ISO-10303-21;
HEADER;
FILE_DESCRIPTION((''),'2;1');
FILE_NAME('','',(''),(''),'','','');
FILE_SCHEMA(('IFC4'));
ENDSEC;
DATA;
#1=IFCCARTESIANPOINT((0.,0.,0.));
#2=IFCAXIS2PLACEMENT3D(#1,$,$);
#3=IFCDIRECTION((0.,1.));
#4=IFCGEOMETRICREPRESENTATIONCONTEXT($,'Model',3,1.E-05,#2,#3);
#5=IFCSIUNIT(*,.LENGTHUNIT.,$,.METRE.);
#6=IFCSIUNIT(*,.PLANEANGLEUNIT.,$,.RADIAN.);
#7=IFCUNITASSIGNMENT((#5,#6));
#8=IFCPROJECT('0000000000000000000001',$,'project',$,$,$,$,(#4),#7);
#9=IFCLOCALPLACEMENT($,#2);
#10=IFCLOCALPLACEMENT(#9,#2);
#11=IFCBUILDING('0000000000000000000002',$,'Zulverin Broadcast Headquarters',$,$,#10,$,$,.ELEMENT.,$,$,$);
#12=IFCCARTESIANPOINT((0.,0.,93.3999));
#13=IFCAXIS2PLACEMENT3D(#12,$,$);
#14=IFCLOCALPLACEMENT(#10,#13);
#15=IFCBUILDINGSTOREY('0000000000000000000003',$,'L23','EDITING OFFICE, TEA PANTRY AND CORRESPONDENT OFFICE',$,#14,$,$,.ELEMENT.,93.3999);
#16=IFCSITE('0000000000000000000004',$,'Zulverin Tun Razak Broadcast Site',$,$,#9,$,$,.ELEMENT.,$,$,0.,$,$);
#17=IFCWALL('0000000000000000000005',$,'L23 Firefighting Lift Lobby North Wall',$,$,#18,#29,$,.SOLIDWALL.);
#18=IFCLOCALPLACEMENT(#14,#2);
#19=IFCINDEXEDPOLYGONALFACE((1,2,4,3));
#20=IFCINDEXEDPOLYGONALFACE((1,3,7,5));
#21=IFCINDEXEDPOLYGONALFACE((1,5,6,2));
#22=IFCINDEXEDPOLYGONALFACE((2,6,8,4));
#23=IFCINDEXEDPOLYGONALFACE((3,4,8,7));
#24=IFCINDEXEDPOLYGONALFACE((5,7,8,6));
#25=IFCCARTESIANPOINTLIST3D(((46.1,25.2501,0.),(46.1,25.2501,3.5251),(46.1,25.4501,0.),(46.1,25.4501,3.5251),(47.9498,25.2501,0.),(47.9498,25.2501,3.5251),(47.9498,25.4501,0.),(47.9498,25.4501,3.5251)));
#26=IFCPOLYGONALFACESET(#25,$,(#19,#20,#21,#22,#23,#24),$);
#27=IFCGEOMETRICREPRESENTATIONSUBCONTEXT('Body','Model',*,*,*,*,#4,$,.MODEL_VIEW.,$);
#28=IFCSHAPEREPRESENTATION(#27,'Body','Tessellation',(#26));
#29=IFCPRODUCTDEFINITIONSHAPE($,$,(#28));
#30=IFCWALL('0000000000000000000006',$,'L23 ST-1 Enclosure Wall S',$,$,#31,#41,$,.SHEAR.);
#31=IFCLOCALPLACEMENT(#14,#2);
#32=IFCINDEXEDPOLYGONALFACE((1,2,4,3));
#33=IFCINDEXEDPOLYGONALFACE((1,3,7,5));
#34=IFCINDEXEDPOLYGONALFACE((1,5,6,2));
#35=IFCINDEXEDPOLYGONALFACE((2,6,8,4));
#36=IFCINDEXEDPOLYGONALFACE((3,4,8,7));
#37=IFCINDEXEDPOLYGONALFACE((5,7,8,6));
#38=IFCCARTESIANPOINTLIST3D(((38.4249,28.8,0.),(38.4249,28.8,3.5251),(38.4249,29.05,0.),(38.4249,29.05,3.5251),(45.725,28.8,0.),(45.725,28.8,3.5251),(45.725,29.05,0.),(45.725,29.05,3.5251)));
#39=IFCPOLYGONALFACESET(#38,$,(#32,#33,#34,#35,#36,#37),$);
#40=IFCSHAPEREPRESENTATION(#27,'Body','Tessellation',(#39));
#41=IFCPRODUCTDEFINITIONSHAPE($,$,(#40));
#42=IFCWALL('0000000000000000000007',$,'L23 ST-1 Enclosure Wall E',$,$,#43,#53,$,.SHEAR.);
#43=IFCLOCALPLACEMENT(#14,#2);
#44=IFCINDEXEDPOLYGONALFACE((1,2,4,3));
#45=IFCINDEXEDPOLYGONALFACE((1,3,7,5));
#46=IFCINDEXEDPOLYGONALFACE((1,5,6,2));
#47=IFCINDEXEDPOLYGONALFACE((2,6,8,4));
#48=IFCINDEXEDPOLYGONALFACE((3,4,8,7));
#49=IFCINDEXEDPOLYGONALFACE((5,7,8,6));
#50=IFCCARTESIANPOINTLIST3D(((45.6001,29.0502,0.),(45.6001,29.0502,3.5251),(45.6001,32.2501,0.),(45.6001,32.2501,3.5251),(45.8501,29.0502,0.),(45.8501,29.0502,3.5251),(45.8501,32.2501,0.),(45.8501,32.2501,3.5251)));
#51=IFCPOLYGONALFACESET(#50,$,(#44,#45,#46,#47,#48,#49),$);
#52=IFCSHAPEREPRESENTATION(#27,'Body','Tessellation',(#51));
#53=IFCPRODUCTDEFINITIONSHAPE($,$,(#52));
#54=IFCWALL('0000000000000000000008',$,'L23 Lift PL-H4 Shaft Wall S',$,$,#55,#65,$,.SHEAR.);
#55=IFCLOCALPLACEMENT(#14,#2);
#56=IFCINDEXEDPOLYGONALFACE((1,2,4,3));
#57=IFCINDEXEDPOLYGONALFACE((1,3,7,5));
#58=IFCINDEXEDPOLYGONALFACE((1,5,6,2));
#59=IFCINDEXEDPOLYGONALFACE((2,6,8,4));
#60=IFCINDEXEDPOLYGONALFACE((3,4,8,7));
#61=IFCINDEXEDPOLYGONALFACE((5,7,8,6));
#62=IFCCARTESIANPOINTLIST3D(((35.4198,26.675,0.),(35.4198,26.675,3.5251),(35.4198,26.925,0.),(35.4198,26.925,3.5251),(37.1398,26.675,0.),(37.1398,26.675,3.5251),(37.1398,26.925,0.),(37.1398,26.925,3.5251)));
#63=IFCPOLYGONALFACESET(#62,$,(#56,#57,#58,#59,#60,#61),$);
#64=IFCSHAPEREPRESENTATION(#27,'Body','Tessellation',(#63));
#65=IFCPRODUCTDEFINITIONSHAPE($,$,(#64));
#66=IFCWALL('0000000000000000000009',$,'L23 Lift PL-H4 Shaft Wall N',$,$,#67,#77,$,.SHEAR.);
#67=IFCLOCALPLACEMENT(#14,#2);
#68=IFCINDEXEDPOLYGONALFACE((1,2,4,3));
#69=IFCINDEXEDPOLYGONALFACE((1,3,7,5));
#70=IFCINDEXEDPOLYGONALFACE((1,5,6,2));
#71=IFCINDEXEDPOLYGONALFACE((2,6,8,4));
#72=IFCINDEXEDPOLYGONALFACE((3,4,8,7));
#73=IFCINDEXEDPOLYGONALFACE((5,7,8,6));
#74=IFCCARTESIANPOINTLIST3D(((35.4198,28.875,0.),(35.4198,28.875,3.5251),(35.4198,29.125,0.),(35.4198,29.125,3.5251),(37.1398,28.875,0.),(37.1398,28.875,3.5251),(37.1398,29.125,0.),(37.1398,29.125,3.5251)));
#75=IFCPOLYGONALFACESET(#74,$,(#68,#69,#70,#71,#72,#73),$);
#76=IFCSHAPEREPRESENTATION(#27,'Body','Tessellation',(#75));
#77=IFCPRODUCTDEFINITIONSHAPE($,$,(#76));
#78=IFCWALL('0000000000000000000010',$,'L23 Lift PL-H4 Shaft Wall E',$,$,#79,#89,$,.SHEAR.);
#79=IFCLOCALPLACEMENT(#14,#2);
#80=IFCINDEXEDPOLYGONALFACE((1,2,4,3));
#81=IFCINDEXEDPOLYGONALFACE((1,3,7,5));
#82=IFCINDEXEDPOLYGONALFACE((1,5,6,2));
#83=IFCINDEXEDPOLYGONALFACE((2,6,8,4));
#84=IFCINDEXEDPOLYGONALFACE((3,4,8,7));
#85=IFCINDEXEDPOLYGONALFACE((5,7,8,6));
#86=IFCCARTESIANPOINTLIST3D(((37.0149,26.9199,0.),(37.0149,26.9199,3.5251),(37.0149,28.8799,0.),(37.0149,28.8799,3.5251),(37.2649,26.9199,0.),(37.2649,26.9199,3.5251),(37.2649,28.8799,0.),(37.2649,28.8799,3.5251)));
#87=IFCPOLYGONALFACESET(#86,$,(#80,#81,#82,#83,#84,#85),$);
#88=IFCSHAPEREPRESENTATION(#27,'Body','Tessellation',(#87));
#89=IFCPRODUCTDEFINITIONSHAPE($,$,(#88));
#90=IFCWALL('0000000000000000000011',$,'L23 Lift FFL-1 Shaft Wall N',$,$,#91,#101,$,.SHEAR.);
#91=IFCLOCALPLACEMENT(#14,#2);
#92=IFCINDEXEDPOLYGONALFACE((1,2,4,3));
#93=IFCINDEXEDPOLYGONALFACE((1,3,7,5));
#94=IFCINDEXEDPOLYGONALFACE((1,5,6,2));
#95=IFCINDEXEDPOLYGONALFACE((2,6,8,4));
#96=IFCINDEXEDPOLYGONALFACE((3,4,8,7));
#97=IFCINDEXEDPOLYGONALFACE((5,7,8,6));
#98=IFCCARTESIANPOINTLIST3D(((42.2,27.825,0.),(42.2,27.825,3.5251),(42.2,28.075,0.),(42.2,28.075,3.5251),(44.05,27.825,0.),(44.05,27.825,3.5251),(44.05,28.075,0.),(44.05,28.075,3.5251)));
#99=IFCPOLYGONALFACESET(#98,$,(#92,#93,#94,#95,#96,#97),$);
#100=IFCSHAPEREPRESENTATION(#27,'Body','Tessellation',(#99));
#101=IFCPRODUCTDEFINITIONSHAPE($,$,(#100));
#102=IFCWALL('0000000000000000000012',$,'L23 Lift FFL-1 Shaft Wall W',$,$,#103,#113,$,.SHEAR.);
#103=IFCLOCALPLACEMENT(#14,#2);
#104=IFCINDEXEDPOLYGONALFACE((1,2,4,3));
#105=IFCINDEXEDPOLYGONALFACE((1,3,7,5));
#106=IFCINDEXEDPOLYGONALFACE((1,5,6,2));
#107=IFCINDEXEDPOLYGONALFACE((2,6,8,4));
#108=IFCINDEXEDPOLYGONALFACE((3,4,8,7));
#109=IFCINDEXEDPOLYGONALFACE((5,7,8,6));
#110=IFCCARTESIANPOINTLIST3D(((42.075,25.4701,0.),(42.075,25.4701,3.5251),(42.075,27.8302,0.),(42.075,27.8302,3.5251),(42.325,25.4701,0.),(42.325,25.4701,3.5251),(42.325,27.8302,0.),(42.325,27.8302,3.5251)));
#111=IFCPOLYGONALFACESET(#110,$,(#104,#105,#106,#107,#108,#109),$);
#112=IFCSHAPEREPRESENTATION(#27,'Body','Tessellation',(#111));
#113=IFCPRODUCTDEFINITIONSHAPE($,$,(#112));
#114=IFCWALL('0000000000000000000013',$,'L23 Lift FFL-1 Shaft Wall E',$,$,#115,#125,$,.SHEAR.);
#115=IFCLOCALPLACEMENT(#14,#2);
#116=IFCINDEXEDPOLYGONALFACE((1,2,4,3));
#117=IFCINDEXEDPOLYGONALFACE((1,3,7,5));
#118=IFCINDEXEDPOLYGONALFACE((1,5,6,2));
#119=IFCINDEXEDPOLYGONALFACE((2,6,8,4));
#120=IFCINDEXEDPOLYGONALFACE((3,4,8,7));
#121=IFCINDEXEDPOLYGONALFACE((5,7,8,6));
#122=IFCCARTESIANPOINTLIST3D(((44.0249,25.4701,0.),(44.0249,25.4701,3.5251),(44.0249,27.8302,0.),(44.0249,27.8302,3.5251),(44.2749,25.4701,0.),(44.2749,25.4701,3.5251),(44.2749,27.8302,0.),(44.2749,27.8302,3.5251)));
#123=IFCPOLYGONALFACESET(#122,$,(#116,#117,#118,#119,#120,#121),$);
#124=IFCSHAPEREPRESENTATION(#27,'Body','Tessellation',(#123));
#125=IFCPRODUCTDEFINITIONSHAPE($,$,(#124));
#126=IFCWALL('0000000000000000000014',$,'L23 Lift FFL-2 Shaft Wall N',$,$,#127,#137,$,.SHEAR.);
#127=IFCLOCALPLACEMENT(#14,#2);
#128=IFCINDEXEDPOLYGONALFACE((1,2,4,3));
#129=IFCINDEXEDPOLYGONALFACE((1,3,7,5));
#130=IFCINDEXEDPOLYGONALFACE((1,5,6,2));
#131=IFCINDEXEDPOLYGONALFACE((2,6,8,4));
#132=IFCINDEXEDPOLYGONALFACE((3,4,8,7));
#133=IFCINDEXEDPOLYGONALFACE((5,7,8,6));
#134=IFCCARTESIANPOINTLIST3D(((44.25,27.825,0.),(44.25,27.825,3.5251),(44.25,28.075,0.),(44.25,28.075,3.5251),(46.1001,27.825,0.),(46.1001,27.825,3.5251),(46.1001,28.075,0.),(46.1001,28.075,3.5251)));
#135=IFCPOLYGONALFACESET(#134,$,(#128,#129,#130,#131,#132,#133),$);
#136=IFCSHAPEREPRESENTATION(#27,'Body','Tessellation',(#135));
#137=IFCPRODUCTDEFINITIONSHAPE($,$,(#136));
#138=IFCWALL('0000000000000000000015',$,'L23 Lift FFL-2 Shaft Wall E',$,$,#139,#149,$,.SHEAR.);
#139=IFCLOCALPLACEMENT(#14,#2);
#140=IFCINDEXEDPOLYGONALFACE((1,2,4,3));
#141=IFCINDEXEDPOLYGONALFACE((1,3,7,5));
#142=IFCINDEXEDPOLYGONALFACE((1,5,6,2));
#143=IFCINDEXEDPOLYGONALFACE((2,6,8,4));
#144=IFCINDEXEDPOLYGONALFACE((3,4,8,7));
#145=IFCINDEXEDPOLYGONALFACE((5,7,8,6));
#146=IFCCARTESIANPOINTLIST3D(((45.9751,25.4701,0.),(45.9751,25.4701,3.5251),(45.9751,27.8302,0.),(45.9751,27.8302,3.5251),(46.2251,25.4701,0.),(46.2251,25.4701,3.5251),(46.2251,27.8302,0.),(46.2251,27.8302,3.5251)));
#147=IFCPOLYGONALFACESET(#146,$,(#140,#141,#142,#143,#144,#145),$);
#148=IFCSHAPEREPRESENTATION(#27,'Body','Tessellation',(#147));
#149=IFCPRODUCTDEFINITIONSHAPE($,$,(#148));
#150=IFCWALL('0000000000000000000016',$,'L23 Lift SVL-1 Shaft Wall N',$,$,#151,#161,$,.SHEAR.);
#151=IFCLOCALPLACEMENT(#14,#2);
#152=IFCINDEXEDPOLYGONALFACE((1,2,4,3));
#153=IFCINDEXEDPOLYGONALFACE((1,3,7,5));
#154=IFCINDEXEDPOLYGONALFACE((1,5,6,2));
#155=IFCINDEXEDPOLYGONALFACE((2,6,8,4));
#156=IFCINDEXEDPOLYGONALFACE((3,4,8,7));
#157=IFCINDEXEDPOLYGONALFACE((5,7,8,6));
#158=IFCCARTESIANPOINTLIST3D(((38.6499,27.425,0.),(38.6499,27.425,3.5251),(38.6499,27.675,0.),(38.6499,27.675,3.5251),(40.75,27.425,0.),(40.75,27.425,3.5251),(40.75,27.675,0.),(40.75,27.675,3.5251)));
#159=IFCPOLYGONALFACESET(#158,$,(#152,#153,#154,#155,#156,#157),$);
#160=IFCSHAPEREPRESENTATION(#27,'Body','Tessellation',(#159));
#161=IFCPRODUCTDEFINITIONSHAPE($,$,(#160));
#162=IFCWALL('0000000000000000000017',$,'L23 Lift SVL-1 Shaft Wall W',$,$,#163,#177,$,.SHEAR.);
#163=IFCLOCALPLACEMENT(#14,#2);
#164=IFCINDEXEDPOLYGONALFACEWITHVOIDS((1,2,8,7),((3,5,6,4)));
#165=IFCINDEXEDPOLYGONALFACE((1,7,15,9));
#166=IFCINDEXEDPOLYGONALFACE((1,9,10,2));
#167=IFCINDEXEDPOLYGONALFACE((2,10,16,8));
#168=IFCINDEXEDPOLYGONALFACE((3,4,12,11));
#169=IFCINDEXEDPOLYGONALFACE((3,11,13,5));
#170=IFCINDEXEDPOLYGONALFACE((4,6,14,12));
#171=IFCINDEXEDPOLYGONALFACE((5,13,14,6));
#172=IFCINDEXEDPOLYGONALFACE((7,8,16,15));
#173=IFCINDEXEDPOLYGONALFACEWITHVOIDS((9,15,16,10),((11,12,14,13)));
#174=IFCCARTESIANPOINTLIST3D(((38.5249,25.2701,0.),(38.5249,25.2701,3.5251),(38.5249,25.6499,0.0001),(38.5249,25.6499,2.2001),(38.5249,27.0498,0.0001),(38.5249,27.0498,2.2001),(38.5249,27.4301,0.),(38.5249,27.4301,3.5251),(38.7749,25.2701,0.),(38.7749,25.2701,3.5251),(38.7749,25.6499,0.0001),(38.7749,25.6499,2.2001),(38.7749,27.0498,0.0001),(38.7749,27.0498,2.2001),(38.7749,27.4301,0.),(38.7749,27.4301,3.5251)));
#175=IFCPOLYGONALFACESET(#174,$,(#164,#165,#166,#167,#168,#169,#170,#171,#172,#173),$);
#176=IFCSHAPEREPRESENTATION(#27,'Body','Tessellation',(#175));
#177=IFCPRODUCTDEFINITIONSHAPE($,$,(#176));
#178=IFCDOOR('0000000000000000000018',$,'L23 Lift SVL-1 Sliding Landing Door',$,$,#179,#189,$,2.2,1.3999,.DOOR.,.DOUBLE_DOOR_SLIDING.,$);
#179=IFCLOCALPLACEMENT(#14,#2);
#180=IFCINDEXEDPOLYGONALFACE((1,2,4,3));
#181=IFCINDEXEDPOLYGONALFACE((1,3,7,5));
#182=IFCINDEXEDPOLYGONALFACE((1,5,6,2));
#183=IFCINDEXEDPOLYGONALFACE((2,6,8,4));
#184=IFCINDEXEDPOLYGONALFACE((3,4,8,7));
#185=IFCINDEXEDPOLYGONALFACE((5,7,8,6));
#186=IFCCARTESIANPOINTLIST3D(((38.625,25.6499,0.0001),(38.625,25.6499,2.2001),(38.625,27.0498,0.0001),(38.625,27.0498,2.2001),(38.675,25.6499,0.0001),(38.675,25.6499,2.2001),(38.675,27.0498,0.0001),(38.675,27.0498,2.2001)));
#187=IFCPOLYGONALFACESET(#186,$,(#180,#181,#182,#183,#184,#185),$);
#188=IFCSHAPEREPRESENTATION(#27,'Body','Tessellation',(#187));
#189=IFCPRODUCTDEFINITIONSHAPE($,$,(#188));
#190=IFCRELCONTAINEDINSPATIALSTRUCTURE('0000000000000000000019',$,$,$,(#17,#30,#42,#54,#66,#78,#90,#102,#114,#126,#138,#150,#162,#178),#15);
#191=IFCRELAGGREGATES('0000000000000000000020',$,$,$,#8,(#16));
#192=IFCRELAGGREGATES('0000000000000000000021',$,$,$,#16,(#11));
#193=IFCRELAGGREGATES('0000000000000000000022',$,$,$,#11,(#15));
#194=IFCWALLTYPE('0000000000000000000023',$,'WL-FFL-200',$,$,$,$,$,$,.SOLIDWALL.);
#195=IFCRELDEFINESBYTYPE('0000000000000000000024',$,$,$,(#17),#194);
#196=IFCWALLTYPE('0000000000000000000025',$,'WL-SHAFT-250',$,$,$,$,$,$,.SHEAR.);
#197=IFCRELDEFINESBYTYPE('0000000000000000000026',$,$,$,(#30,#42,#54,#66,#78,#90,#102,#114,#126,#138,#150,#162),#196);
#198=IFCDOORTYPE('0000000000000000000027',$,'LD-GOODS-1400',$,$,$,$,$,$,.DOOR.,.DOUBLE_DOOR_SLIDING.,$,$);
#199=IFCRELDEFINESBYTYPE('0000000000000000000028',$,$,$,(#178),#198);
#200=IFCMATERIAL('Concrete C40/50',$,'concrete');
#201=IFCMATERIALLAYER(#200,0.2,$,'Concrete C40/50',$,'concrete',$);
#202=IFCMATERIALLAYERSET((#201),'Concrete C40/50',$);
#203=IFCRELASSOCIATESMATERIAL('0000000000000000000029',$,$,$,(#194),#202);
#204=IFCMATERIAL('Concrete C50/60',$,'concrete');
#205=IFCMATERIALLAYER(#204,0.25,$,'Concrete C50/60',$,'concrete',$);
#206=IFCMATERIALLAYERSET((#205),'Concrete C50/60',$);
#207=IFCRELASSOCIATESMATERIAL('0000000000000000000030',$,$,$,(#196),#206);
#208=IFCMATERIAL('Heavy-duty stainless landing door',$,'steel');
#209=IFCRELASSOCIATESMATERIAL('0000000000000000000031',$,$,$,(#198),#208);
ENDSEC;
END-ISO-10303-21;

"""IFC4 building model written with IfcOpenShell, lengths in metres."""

from ifc_helpers import new_model, si_unit, direction, frame, frame_2d, origin, place, context, subcontext, project, spatial, rectangle, extrude, material, layer, layer_set, type_object, element, fill, save


model = new_model("IFC4")

# Units and contexts
model_context = context("Model", 3, precision=1e-05, world=origin(), true_north=direction((0.0, 1.0)))
body_context = subcontext(model_context, "Body", "Model", "MODEL_VIEW")
ifc_project = project(units=[si_unit("LENGTHUNIT", "METRE"), si_unit("PLANEANGLEUNIT", "RADIAN")], contexts=[model_context])

# Site, building, storey
site_placement = place(None, origin())
site = spatial("IfcSite", under=ifc_project, at=site_placement, Name="Zulverin Tun Razak Broadcast Site", CompositionType="ELEMENT", RefElevation=0.0)
building_placement = place(site_placement, origin())
building = spatial("IfcBuilding", under=site, at=building_placement, Name="Zulverin Broadcast Headquarters", CompositionType="ELEMENT")
storey_placement = place(building_placement, frame((0.0, 0.0, 93.3999)))
storey = spatial("IfcBuildingStorey", under=building, at=storey_placement, Name="L23", Description="EDITING OFFICE, TEA PANTRY AND CORRESPONDENT OFFICE", CompositionType="ELEMENT", Elevation=93.3999)

# Walls
ifc_material_1 = material(Name="Concrete C40/50", Category="concrete")
ifc_layer_1 = layer(ifc_material_1, 0.2, Name="Concrete C40/50", Category="concrete")
ifc_layer_set_1 = layer_set([ifc_layer_1], Name="Concrete C40/50")
wall_type_1 = type_object("IfcWallType", Name="WL-FFL-200", PredefinedType="SOLIDWALL", material=ifc_layer_set_1)
wall_1_placement = place(storey_placement, frame((46.1001, 25.3501, 0.0), z_axis=(0.0, 0.0, 1.0), x_axis=(1.0, 0.0, 0.0)))
element("IfcWall", 1, at=wall_1_placement, inside=storey, type_object=wall_type_1, Name="L23 Firefighting Lift Lobby North Wall", PredefinedType="SOLIDWALL", context=body_context, shape_type="SweptSolid", body=[
    extrude(rectangle(XDim=1.8499, YDim=0.2, at=frame_2d((0.9248, 0.0))), origin(), (0.0, 0.0, 1.0), 3.5251),
])
ifc_material_2 = material(Name="Concrete C50/60", Category="concrete")
ifc_layer_2 = layer(ifc_material_2, 0.25, Name="Concrete C50/60", Category="concrete")
ifc_layer_set_2 = layer_set([ifc_layer_2], Name="Concrete C50/60")
wall_type_2 = type_object("IfcWallType", Name="WL-SHAFT-250", PredefinedType="SHEAR", material=ifc_layer_set_2)
wall_2_placement = place(storey_placement, frame((38.425, 28.925, 0.0), z_axis=(0.0, 0.0, 1.0), x_axis=(1.0, 0.0, 0.0)))
element("IfcWall", 2, at=wall_2_placement, inside=storey, type_object=wall_type_2, Name="L23 ST-1 Enclosure Wall S", PredefinedType="SHEAR", context=body_context, shape_type="SweptSolid", body=[
    extrude(rectangle(XDim=7.3, YDim=0.25, at=frame_2d((3.6499, 0.0))), origin(), (0.0, 0.0, 1.0), 3.5251),
])

# Walls
wall_3_placement = place(storey_placement, frame((45.7251, 29.05, 0.0), z_axis=(0.0, 0.0, 1.0), x_axis=(0.0, 1.0, 0.0)))
element("IfcWall", 3, at=wall_3_placement, inside=storey, type_object=wall_type_2, Name="L23 ST-1 Enclosure Wall E", PredefinedType="SHEAR", context=body_context, shape_type="SweptSolid", body=[
    extrude(rectangle(XDim=3.2, YDim=0.25, at=frame_2d((1.6001, 0.0))), origin(), (0.0, 0.0, 1.0), 3.5251),
])
for number, where, z_axis, x_axis, name in (
    (4, (35.4199, 26.8, 0.0), (0.0, 0.0, 1.0), (1.0, 0.0, 0.0), "L23 Lift PL-H4 Shaft Wall S"),
    (5, (35.4199, 29.0, 0.0), (0.0, 0.0, 1.0), (1.0, 0.0, 0.0), "L23 Lift PL-H4 Shaft Wall N"),
):
    element("IfcWall", number, at=place(storey_placement, frame(where, z_axis=z_axis, x_axis=x_axis)), inside=storey, type_object=wall_type_2, Name=name, PredefinedType="SHEAR", context=body_context, shape_type="SweptSolid", body=[
        extrude(rectangle(XDim=1.72, YDim=0.25, at=frame_2d((0.8599, 0.0))), origin(), (0.0, 0.0, 1.0), 3.5251),
    ])
wall_4_placement = place(storey_placement, frame((37.1399, 26.9199, 0.0), z_axis=(0.0, 0.0, 1.0), x_axis=(0.0, 1.0, 0.0)))
element("IfcWall", 6, at=wall_4_placement, inside=storey, type_object=wall_type_2, Name="L23 Lift PL-H4 Shaft Wall E", PredefinedType="SHEAR", context=body_context, shape_type="SweptSolid", body=[
    extrude(rectangle(XDim=1.96, YDim=0.25, at=frame_2d((0.98, 0.0))), origin(), (0.0, 0.0, 1.0), 3.5251),
])

# Walls
wall_5_placement = place(storey_placement, frame((42.2, 27.95, 0.0), z_axis=(0.0, 0.0, 1.0), x_axis=(1.0, 0.0, 0.0)))
element("IfcWall", 7, at=wall_5_placement, inside=storey, type_object=wall_type_2, Name="L23 Lift FFL-1 Shaft Wall N", PredefinedType="SHEAR", context=body_context, shape_type="SweptSolid", body=[
    extrude(rectangle(XDim=1.8501, YDim=0.25, at=frame_2d((0.925, 0.0))), origin(), (0.0, 0.0, 1.0), 3.5251),
])
for number, where, z_axis, x_axis, name in (
    (8, (42.2, 25.47, 0.0), (0.0, 0.0, 1.0), (0.0, 1.0, 0.0), "L23 Lift FFL-1 Shaft Wall W"),
    (9, (44.1499, 25.47, 0.0), (0.0, 0.0, 1.0), (0.0, 1.0, 0.0), "L23 Lift FFL-1 Shaft Wall E"),
):
    element("IfcWall", number, at=place(storey_placement, frame(where, z_axis=z_axis, x_axis=x_axis)), inside=storey, type_object=wall_type_2, Name=name, PredefinedType="SHEAR", context=body_context, shape_type="SweptSolid", body=[
        extrude(rectangle(XDim=2.3601, YDim=0.25, at=frame_2d((1.1802, 0.0))), origin(), (0.0, 0.0, 1.0), 3.5251),
    ])

# Walls
wall_6_placement = place(storey_placement, frame((44.25, 27.95, 0.0), z_axis=(0.0, 0.0, 1.0), x_axis=(1.0, 0.0, 0.0)))
element("IfcWall", 10, at=wall_6_placement, inside=storey, type_object=wall_type_2, Name="L23 Lift FFL-2 Shaft Wall N", PredefinedType="SHEAR", context=body_context, shape_type="SweptSolid", body=[
    extrude(rectangle(XDim=1.8501, YDim=0.25, at=frame_2d((0.925, 0.0))), origin(), (0.0, 0.0, 1.0), 3.5251),
])
wall_7_placement = place(storey_placement, frame((46.1001, 25.47, 0.0), z_axis=(0.0, 0.0, 1.0), x_axis=(0.0, 1.0, 0.0)))
element("IfcWall", 11, at=wall_7_placement, inside=storey, type_object=wall_type_2, Name="L23 Lift FFL-2 Shaft Wall E", PredefinedType="SHEAR", context=body_context, shape_type="SweptSolid", body=[
    extrude(rectangle(XDim=2.3601, YDim=0.25, at=frame_2d((1.1802, 0.0))), origin(), (0.0, 0.0, 1.0), 3.5251),
])
wall_8_placement = place(storey_placement, frame((38.6499, 27.55, 0.0), z_axis=(0.0, 0.0, 1.0), x_axis=(1.0, 0.0, 0.0)))
element("IfcWall", 12, at=wall_8_placement, inside=storey, type_object=wall_type_2, Name="L23 Lift SVL-1 Shaft Wall N", PredefinedType="SHEAR", context=body_context, shape_type="SweptSolid", body=[
    extrude(rectangle(XDim=2.1001, YDim=0.25, at=frame_2d((1.05, 0.0))), origin(), (0.0, 0.0, 1.0), 3.5251),
])

# Wall, opening, door
wall_9_placement = place(storey_placement, frame((38.6499, 25.27, 0.0), z_axis=(0.0, 0.0, 1.0), x_axis=(0.0, 1.0, 0.0)))
wall_9 = element("IfcWall", 13, at=wall_9_placement, inside=storey, type_object=wall_type_2, Name="L23 Lift SVL-1 Shaft Wall W", PredefinedType="SHEAR", context=body_context, shape_type="SweptSolid", body=[
    extrude(rectangle(XDim=2.1599, YDim=0.25, at=frame_2d((1.0801, 0.0))), origin(), (0.0, 0.0, 1.0), 3.5251),
])
opening_1_placement = place(wall_9_placement, frame((0.3799, 0.0, 0.0)))
opening_1 = element("IfcOpeningElement", 14, at=opening_1_placement, cuts=wall_9, PredefinedType="OPENING", context=body_context, shape_type="SweptSolid", body=[
    extrude(rectangle(XDim=1.3999, YDim=2.2, at=frame_2d((0.7, 1.1001))), frame((0.0, 0.135, 0.0), z_axis=(0.0, -1.0, 0.0), x_axis=(1.0, 0.0, 0.0)), (0.0, 0.0, 1.0), 0.27),
])
ifc_material_3 = material(Name="Heavy-duty stainless landing door", Category="steel")
door_type_1 = type_object("IfcDoorType", Name="LD-GOODS-1400", OperationType="DOUBLE_DOOR_SLIDING", PredefinedType="DOOR", material=ifc_material_3)
door_1_placement = place(opening_1_placement, origin())
door_1 = element("IfcDoor", 15, at=door_1_placement, inside=storey, type_object=door_type_1, Name="L23 Lift SVL-1 Sliding Landing Door", OperationType="DOUBLE_DOOR_SLIDING", OverallHeight=2.2, OverallWidth=1.3999, PredefinedType="DOOR", context=body_context, shape_type="SweptSolid", body=[
    extrude(rectangle(XDim=1.3999, YDim=2.2, at=frame_2d((0.7, 1.1001))), frame((0.0, 0.0249, 0.0), z_axis=(0.0, -1.0, 0.0), x_axis=(1.0, 0.0, 0.0)), (0.0, 0.0, 1.0), 0.05),
])
fill(opening_1, door_1)

save(model, "model.ifc")
